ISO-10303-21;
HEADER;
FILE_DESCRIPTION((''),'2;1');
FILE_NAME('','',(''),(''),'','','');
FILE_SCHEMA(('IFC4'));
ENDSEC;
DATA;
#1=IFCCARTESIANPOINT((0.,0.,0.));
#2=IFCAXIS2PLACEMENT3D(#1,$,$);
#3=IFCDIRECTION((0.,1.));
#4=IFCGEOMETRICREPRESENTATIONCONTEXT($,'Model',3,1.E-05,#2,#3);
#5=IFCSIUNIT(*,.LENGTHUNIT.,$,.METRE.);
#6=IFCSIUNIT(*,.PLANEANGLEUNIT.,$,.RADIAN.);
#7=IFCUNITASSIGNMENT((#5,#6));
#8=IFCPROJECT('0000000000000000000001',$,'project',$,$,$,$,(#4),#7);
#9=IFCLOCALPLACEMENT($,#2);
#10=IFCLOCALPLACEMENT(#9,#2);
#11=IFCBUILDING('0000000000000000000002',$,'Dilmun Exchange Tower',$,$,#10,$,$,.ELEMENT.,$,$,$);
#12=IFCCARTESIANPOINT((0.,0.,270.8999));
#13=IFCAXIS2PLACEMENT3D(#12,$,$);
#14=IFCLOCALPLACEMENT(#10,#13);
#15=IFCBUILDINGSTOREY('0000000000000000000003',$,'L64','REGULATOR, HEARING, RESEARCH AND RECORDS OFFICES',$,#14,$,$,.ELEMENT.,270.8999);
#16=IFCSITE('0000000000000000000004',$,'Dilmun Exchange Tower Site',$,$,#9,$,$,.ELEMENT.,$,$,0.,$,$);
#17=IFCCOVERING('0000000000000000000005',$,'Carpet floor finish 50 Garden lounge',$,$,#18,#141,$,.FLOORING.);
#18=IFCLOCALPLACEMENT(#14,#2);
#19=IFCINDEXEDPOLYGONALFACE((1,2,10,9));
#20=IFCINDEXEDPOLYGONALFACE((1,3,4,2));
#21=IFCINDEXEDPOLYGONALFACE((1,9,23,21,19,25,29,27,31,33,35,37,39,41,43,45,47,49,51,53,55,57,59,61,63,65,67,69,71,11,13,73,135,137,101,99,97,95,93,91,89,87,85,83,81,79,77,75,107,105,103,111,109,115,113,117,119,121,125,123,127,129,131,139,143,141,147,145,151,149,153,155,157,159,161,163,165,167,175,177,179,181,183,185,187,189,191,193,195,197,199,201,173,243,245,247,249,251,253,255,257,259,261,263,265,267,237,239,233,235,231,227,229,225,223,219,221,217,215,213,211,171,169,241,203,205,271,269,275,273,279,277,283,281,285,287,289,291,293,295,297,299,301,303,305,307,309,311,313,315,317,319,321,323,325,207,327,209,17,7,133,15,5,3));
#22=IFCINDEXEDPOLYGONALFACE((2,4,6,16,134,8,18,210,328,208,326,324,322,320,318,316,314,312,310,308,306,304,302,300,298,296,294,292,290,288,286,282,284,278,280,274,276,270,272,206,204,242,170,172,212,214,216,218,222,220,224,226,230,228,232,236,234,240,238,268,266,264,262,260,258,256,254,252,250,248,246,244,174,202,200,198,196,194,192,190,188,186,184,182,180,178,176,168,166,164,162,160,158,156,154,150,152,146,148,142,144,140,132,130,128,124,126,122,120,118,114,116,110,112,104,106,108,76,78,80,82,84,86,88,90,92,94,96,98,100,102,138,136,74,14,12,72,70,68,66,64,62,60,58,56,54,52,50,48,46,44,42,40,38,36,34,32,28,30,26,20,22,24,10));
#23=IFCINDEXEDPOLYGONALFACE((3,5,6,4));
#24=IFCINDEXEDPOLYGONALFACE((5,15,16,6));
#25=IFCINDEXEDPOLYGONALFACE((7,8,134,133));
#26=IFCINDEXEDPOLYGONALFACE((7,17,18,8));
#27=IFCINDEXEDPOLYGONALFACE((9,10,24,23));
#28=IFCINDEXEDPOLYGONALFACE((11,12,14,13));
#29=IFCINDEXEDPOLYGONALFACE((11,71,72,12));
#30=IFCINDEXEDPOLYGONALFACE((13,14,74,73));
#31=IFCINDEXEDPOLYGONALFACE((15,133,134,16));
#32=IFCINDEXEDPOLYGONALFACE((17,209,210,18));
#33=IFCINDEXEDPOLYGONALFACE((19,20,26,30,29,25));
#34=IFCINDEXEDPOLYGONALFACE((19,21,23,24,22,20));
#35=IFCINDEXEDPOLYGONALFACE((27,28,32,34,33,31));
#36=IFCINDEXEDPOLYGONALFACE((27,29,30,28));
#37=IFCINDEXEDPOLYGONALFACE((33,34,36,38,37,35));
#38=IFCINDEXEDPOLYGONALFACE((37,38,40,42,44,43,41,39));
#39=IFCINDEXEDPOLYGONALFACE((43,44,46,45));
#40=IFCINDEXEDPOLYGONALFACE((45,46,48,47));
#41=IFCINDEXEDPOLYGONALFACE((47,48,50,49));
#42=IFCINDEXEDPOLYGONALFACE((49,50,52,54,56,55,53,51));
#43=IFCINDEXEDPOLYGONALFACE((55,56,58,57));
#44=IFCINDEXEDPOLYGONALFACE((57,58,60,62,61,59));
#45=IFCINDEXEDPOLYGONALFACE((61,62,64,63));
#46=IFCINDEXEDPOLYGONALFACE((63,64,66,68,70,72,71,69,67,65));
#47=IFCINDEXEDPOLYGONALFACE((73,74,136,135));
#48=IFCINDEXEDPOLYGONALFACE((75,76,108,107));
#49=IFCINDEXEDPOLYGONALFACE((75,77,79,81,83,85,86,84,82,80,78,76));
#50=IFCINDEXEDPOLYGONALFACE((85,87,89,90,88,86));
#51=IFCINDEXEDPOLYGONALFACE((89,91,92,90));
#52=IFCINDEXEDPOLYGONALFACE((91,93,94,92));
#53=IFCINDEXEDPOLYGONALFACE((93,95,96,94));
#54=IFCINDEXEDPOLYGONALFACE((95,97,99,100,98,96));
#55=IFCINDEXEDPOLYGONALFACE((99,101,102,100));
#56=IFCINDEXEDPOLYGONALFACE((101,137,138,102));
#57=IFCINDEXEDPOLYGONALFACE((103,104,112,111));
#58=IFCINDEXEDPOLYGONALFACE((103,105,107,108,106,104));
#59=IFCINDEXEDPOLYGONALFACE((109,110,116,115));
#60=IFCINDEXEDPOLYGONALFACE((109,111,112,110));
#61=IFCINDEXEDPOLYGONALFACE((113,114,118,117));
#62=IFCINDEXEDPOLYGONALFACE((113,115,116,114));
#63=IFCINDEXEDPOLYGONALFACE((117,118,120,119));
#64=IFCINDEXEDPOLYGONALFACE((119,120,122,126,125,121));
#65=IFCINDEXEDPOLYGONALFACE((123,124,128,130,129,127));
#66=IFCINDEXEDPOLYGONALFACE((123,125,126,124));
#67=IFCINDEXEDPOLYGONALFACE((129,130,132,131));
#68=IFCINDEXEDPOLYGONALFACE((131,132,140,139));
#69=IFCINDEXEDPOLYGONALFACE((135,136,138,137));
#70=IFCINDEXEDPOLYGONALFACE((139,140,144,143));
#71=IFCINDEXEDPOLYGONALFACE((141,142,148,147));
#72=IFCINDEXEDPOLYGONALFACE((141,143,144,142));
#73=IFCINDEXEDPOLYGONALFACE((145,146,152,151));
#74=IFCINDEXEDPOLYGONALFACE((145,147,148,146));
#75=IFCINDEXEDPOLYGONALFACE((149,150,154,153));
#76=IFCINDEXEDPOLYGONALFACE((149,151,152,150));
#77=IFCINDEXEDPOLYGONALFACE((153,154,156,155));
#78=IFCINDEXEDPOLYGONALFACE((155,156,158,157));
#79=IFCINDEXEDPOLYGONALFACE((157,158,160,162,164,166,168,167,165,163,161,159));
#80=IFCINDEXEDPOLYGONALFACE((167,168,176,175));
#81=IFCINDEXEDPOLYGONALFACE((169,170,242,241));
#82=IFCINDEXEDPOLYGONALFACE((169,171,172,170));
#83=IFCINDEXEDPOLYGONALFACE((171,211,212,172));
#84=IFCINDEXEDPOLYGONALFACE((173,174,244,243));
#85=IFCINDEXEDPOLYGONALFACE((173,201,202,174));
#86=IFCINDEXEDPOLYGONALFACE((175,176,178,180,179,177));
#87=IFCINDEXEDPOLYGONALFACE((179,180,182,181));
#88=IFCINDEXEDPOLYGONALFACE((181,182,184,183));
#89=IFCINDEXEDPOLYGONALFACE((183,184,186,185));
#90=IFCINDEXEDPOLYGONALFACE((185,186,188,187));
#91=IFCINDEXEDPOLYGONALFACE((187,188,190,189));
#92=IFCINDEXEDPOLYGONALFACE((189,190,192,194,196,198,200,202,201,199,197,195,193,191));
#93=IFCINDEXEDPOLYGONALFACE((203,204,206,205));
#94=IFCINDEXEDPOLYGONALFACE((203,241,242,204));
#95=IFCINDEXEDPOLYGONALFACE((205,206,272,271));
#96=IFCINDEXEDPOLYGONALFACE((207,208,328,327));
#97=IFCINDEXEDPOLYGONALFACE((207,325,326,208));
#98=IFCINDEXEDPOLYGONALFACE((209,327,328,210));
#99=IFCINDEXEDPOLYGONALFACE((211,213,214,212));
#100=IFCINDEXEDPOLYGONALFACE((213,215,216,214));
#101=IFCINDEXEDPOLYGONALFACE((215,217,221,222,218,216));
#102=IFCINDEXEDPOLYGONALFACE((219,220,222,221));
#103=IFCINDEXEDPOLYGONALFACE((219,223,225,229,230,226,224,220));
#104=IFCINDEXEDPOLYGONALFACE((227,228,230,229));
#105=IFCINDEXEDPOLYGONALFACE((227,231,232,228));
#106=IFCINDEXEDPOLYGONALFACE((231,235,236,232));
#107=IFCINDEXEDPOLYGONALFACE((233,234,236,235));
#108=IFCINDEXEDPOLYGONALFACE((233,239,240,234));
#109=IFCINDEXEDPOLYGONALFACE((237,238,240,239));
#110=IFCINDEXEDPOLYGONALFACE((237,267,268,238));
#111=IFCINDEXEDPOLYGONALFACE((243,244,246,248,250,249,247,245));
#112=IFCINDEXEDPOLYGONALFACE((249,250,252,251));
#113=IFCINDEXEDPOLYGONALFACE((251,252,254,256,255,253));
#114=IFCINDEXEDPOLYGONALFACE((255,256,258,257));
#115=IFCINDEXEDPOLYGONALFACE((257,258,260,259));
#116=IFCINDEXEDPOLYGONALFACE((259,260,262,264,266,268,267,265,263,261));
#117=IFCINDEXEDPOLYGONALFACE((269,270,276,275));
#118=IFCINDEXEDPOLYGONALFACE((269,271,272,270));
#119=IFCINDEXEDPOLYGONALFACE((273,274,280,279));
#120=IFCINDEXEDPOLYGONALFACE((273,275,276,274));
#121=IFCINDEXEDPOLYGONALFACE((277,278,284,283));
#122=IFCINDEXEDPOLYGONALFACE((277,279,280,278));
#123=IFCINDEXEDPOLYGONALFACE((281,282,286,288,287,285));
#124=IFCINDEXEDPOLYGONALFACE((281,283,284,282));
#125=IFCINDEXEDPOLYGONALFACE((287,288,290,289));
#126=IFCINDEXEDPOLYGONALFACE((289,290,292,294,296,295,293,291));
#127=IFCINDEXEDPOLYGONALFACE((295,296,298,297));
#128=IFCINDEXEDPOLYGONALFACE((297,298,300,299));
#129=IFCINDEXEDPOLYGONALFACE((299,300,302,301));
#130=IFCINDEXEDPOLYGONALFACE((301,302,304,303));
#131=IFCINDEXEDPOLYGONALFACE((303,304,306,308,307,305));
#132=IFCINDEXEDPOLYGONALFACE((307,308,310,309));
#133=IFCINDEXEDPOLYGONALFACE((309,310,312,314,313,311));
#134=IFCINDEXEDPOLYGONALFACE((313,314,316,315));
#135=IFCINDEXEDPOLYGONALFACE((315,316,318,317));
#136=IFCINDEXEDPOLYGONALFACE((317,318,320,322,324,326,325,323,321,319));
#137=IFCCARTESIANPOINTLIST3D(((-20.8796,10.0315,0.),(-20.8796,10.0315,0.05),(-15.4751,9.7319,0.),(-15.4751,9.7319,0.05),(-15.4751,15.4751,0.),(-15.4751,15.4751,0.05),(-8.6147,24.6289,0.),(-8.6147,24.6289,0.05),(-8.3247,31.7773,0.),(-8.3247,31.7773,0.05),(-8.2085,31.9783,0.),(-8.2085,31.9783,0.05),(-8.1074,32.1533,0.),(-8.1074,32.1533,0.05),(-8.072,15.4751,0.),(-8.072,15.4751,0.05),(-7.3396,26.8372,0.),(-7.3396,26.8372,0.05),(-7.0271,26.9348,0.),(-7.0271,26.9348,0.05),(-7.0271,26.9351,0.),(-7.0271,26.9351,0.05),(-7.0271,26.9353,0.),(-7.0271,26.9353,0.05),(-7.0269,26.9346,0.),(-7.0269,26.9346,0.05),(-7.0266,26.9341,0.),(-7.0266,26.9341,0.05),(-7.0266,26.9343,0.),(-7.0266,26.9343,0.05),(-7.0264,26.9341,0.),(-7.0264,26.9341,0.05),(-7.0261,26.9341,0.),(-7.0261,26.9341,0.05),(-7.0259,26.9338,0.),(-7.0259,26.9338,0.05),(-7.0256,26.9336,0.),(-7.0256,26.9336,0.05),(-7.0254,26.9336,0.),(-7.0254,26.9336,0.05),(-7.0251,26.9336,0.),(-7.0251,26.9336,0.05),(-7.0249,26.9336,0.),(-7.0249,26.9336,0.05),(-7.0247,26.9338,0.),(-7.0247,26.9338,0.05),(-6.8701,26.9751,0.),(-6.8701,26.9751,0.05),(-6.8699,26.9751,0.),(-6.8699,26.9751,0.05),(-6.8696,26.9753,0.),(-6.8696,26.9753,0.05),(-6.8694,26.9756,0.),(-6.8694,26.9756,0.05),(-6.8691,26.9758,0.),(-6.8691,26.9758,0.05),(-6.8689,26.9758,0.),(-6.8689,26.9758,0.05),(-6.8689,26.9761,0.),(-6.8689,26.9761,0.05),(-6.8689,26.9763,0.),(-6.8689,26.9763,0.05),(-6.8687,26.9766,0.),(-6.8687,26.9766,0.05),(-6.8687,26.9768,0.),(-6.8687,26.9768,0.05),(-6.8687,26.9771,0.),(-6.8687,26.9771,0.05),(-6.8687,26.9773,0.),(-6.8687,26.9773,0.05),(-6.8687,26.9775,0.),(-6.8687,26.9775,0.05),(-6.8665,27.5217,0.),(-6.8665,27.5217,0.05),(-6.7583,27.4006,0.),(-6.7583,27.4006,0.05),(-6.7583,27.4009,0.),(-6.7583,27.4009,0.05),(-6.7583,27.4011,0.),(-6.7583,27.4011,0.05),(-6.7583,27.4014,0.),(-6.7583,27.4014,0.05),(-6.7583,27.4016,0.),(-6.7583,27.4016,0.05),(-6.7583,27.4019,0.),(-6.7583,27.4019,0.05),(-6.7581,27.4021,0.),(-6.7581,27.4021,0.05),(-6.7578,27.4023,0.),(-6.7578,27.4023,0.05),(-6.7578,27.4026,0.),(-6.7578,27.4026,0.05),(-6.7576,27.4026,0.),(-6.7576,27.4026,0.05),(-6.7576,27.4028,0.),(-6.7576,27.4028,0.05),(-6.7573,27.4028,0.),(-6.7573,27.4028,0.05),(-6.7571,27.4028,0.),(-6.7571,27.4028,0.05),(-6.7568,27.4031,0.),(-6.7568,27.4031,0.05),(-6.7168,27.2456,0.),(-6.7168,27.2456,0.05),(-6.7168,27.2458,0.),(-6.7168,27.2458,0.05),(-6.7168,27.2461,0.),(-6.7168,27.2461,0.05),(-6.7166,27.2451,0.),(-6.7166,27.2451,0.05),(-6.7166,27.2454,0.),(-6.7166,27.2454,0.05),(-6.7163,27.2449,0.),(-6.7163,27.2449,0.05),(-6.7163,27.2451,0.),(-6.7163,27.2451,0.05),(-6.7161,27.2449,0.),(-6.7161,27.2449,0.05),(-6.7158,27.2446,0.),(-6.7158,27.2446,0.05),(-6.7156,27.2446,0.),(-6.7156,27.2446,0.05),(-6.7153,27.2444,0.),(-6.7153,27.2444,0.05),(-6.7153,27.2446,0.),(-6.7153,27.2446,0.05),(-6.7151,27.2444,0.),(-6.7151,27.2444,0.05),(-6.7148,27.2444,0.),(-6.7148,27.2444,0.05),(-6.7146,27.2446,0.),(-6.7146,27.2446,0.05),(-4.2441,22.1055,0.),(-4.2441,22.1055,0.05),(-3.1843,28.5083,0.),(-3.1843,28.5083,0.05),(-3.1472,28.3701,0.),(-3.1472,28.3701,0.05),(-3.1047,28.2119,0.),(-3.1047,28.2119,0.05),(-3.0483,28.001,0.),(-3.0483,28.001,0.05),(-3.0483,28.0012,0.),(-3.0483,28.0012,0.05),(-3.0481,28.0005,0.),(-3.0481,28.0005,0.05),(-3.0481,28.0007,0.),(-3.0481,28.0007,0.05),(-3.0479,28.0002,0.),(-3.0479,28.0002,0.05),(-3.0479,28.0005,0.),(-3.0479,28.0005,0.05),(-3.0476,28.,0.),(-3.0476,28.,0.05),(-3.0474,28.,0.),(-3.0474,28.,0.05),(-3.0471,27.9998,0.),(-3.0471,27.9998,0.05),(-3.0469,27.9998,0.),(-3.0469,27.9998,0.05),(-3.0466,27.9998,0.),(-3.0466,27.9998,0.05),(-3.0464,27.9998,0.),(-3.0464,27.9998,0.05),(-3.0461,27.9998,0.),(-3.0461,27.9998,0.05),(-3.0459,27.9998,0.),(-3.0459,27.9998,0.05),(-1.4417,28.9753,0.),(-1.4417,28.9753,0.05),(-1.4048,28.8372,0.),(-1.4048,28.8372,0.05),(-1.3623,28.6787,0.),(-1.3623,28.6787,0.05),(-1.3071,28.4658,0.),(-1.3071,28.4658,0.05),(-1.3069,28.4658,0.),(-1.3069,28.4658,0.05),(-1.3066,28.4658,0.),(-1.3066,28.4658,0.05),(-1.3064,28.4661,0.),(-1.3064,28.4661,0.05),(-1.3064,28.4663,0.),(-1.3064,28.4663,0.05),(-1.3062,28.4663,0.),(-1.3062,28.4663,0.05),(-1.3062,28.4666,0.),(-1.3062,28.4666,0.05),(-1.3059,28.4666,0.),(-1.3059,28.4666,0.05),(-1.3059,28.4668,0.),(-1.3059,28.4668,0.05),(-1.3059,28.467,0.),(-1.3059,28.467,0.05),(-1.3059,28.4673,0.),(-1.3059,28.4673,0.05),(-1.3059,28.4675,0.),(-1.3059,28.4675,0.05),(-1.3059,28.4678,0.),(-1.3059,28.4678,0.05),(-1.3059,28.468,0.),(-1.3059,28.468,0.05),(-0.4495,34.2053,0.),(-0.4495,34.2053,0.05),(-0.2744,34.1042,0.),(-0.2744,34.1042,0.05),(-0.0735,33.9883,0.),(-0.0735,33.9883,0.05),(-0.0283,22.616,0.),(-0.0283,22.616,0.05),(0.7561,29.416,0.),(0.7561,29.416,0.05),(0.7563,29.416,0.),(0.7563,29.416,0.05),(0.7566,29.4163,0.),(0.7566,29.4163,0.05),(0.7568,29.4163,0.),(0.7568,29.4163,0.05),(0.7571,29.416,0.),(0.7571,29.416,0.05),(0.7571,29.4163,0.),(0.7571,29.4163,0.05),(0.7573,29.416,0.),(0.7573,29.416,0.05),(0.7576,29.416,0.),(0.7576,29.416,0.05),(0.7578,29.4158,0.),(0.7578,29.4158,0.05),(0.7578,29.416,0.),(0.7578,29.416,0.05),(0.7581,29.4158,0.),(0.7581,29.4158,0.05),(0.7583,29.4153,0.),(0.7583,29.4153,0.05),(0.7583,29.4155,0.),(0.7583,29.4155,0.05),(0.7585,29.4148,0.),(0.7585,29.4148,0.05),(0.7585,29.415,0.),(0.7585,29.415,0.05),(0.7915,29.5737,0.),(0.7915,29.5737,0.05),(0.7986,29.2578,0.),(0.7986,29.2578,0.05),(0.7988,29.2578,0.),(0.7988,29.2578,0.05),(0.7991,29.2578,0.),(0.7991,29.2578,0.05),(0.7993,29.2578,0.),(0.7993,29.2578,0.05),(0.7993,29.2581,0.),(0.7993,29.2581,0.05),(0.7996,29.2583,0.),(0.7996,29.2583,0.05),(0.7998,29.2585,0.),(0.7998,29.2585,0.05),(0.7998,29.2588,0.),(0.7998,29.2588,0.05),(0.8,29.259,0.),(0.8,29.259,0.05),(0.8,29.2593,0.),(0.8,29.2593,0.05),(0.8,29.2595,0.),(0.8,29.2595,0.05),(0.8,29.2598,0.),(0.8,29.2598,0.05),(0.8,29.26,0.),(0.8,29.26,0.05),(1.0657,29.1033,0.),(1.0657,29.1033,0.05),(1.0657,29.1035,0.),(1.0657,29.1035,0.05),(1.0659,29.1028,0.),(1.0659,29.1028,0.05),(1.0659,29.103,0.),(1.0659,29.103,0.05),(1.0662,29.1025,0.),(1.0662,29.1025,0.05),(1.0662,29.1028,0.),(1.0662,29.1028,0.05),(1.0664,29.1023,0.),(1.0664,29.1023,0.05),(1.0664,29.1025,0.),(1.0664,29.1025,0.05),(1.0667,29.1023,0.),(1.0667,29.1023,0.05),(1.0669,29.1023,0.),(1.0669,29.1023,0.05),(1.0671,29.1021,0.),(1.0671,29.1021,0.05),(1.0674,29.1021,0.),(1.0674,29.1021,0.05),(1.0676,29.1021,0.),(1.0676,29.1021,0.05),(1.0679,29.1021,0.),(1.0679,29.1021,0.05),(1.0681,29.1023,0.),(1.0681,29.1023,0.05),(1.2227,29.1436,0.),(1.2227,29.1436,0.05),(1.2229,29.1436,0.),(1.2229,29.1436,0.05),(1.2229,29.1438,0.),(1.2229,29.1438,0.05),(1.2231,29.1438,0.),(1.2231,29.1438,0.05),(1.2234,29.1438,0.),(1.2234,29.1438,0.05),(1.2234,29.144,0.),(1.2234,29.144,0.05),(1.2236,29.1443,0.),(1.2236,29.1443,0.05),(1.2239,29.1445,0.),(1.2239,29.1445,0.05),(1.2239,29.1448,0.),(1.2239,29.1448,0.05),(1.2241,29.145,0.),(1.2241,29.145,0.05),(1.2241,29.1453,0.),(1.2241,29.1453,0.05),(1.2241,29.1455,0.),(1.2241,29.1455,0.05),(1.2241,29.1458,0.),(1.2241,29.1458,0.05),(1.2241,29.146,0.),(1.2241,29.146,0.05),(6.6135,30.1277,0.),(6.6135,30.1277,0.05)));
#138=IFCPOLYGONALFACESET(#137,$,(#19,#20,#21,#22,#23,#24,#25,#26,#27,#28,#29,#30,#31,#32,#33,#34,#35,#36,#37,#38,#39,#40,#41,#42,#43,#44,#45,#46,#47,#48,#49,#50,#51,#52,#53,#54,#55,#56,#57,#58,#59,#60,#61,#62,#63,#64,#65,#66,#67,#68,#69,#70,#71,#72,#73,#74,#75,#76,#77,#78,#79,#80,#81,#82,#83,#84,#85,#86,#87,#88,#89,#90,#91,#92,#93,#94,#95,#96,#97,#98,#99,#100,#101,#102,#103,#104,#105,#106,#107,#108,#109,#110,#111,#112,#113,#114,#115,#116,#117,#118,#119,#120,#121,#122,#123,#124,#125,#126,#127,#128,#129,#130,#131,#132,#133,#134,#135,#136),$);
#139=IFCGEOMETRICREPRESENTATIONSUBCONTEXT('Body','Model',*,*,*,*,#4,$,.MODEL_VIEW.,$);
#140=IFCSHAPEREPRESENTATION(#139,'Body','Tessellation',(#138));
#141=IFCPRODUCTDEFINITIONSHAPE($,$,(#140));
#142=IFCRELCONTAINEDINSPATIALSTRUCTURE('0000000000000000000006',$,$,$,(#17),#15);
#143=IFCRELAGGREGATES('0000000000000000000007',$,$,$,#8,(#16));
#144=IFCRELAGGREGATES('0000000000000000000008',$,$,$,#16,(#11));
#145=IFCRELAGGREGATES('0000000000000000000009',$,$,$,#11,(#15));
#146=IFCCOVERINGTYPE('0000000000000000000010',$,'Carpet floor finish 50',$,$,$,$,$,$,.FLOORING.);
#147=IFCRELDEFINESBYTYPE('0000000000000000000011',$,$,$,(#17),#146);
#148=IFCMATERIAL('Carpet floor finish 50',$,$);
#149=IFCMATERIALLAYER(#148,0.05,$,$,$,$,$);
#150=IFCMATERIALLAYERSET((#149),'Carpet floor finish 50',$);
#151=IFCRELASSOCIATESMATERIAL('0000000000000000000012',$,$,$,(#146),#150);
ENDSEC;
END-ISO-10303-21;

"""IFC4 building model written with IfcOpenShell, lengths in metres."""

from ifc_helpers import new_model, si_unit, direction, frame, origin, place, context, subcontext, project, spatial, polyline, outline, extrude, material, layer, layer_set, type_object, element, save


model = new_model("IFC4")

# Units and contexts
model_context = context("Model", 3, precision=1e-05, world=origin(), true_north=direction((0.0, 1.0)))
body_context = subcontext(model_context, "Body", "Model", "MODEL_VIEW")
ifc_project = project(units=[si_unit("LENGTHUNIT", "METRE"), si_unit("PLANEANGLEUNIT", "RADIAN")], contexts=[model_context])

# Site, building, storey
site_placement = place(None, origin())
site = spatial("IfcSite", under=ifc_project, at=site_placement, Name="Dilmun Exchange Tower Site", CompositionType="ELEMENT", RefElevation=0.0)
building_placement = place(site_placement, origin())
building = spatial("IfcBuilding", under=site, at=building_placement, Name="Dilmun Exchange Tower", CompositionType="ELEMENT")
storey_placement = place(building_placement, frame((0.0, 0.0, 270.8999)))
storey = spatial("IfcBuildingStorey", under=building, at=storey_placement, Name="L64", Description="REGULATOR, HEARING, RESEARCH AND RECORDS OFFICES", CompositionType="ELEMENT", Elevation=270.8999)

# Covering
ifc_material_1 = material(Name="Carpet floor finish 50")
ifc_layer_1 = layer(ifc_material_1, 0.05)
ifc_layer_set_1 = layer_set([ifc_layer_1], Name="Carpet floor finish 50")
covering_type_1 = type_object("IfcCoveringType", Name="Carpet floor finish 50", PredefinedType="FLOORING", material=ifc_layer_set_1)
covering_1_placement = place(storey_placement, origin())
element("IfcCovering", 1, at=covering_1_placement, inside=storey, type_object=covering_type_1, Name="Carpet floor finish 50 Garden lounge", PredefinedType="FLOORING", context=body_context, shape_type="SweptSolid", body=[
    extrude(outline(polyline([(-0.0283, 22.616), (-7.3396, 26.8372), (-8.6147, 24.6289), (-4.2441, 22.1055), (-8.072, 15.4751), (-15.4751, 15.4751), (-15.4751, 9.7319), (-20.8796, 10.0315), (-8.3247, 31.7773), (-7.0271, 26.9353), (-7.0271, 26.9351), (-7.0271, 26.9348), (-7.0269, 26.9346), (-7.0269, 26.9346), (-7.0266, 26.9343), (-7.0266, 26.9341), (-7.0264, 26.9341), (-7.0261, 26.9341), (-7.0259, 26.9338), (-7.0259, 26.9338), (-7.0256, 26.9336), (-7.0254, 26.9336), (-7.0251, 26.9336), (-7.0249, 26.9336), (-7.0249, 26.9336), (-7.0247, 26.9338), (-6.8701, 26.9751), (-6.8699, 26.9751), (-6.8696, 26.9753), (-6.8696, 26.9753), (-6.8694, 26.9756), (-6.8694, 26.9756), (-6.8691, 26.9758), (-6.8689, 26.9758), (-6.8689, 26.9761), (-6.8689, 26.9763), (-6.8687, 26.9766), (-6.8687, 26.9768), (-6.8687, 26.9768), (-6.8687, 26.9771), (-6.8687, 26.9773), (-6.8687, 26.9773), (-6.8687, 26.9775), (-8.2085, 31.9783), (-8.1074, 32.1533), (-6.8665, 27.5217), (-3.1843, 28.5083), (-3.1472, 28.3701), (-6.7568, 27.4031), (-6.7571, 27.4028), (-6.7573, 27.4028), (-6.7576, 27.4028), (-6.7576, 27.4026), (-6.7578, 27.4026), (-6.7578, 27.4023), (-6.7581, 27.4021), (-6.7581, 27.4021), (-6.7583, 27.4019), (-6.7583, 27.4016), (-6.7583, 27.4016), (-6.7583, 27.4014), (-6.7583, 27.4011), (-6.7583, 27.4009), (-6.7583, 27.4006), (-6.7583, 27.4006), (-6.7168, 27.2461), (-6.7168, 27.2458), (-6.7168, 27.2456), (-6.7168, 27.2456), (-6.7166, 27.2454), (-6.7166, 27.2451), (-6.7163, 27.2451), (-6.7163, 27.2449), (-6.7161, 27.2449), (-6.7158, 27.2446), (-6.7156, 27.2446), (-6.7153, 27.2446), (-6.7153, 27.2444), (-6.7151, 27.2444), (-6.7148, 27.2444), (-6.7146, 27.2446), (-6.7146, 27.2446), (-3.1047, 28.2119), (-3.0483, 28.0012), (-3.0483, 28.001), (-3.0481, 28.0007), (-3.0481, 28.0007), (-3.0481, 28.0005), (-3.0479, 28.0005), (-3.0479, 28.0002), (-3.0476, 28.0), (-3.0476, 28.0), (-3.0474, 28.0), (-3.0471, 27.9998), (-3.0469, 27.9998), (-3.0466, 27.9998), (-3.0464, 27.9998), (-3.0464, 27.9998), (-3.0461, 27.9998), (-3.0459, 27.9998), (-1.3071, 28.4658), (-1.3069, 28.4658), (-1.3069, 28.4658), (-1.3066, 28.4658), (-1.3064, 28.4661), (-1.3064, 28.4663), (-1.3062, 28.4663), (-1.3062, 28.4666), (-1.3059, 28.4666), (-1.3059, 28.4668), (-1.3059, 28.467), (-1.3059, 28.4673), (-1.3059, 28.4673), (-1.3059, 28.4675), (-1.3059, 28.4678), (-1.3059, 28.468), (-1.3059, 28.468), (-1.3623, 28.6787), (0.7986, 29.2578), (0.7988, 29.2578), (0.7991, 29.2578), (0.7993, 29.2578), (0.7993, 29.2581), (0.7996, 29.2583), (0.7996, 29.2583), (0.7998, 29.2585), (0.7998, 29.2585), (0.7998, 29.2588), (0.8, 29.259), (0.8, 29.2593), (0.8, 29.2595), (0.8, 29.2595), (0.8, 29.2598), (0.8, 29.26), (0.8, 29.26), (0.7585, 29.4148), (0.7585, 29.4148), (0.7585, 29.415), (0.7583, 29.4153), (0.7583, 29.4153), (0.7583, 29.4155), (0.7581, 29.4158), (0.7578, 29.4158), (0.7578, 29.416), (0.7576, 29.416), (0.7573, 29.416), (0.7571, 29.416), (0.7571, 29.4163), (0.7568, 29.4163), (0.7566, 29.4163), (0.7563, 29.416), (0.7561, 29.416), (-1.4048, 28.8372), (-1.4417, 28.9753), (0.7915, 29.5737), (-0.4495, 34.2053), (-0.2744, 34.1042), (1.0657, 29.1035), (1.0657, 29.1035), (1.0657, 29.1033), (1.0659, 29.103), (1.0659, 29.1028), (1.0662, 29.1028), (1.0662, 29.1025), (1.0664, 29.1025), (1.0664, 29.1023), (1.0667, 29.1023), (1.0669, 29.1023), (1.0671, 29.1021), (1.0674, 29.1021), (1.0674, 29.1021), (1.0676, 29.1021), (1.0679, 29.1021), (1.0681, 29.1023), (1.2227, 29.1436), (1.2229, 29.1436), (1.2229, 29.1438), (1.2231, 29.1438), (1.2234, 29.1438), (1.2234, 29.144), (1.2236, 29.1443), (1.2236, 29.1443), (1.2239, 29.1445), (1.2239, 29.1448), (1.2241, 29.145), (1.2241, 29.145), (1.2241, 29.1453), (1.2241, 29.1455), (1.2241, 29.1455), (1.2241, 29.1458), (1.2241, 29.146), (-0.0735, 33.9883), (6.6135, 30.1277), (-0.0283, 22.616)])), origin(), (0.0, 0.0, 1.0), 0.05),
])

save(model, "model.ifc")
